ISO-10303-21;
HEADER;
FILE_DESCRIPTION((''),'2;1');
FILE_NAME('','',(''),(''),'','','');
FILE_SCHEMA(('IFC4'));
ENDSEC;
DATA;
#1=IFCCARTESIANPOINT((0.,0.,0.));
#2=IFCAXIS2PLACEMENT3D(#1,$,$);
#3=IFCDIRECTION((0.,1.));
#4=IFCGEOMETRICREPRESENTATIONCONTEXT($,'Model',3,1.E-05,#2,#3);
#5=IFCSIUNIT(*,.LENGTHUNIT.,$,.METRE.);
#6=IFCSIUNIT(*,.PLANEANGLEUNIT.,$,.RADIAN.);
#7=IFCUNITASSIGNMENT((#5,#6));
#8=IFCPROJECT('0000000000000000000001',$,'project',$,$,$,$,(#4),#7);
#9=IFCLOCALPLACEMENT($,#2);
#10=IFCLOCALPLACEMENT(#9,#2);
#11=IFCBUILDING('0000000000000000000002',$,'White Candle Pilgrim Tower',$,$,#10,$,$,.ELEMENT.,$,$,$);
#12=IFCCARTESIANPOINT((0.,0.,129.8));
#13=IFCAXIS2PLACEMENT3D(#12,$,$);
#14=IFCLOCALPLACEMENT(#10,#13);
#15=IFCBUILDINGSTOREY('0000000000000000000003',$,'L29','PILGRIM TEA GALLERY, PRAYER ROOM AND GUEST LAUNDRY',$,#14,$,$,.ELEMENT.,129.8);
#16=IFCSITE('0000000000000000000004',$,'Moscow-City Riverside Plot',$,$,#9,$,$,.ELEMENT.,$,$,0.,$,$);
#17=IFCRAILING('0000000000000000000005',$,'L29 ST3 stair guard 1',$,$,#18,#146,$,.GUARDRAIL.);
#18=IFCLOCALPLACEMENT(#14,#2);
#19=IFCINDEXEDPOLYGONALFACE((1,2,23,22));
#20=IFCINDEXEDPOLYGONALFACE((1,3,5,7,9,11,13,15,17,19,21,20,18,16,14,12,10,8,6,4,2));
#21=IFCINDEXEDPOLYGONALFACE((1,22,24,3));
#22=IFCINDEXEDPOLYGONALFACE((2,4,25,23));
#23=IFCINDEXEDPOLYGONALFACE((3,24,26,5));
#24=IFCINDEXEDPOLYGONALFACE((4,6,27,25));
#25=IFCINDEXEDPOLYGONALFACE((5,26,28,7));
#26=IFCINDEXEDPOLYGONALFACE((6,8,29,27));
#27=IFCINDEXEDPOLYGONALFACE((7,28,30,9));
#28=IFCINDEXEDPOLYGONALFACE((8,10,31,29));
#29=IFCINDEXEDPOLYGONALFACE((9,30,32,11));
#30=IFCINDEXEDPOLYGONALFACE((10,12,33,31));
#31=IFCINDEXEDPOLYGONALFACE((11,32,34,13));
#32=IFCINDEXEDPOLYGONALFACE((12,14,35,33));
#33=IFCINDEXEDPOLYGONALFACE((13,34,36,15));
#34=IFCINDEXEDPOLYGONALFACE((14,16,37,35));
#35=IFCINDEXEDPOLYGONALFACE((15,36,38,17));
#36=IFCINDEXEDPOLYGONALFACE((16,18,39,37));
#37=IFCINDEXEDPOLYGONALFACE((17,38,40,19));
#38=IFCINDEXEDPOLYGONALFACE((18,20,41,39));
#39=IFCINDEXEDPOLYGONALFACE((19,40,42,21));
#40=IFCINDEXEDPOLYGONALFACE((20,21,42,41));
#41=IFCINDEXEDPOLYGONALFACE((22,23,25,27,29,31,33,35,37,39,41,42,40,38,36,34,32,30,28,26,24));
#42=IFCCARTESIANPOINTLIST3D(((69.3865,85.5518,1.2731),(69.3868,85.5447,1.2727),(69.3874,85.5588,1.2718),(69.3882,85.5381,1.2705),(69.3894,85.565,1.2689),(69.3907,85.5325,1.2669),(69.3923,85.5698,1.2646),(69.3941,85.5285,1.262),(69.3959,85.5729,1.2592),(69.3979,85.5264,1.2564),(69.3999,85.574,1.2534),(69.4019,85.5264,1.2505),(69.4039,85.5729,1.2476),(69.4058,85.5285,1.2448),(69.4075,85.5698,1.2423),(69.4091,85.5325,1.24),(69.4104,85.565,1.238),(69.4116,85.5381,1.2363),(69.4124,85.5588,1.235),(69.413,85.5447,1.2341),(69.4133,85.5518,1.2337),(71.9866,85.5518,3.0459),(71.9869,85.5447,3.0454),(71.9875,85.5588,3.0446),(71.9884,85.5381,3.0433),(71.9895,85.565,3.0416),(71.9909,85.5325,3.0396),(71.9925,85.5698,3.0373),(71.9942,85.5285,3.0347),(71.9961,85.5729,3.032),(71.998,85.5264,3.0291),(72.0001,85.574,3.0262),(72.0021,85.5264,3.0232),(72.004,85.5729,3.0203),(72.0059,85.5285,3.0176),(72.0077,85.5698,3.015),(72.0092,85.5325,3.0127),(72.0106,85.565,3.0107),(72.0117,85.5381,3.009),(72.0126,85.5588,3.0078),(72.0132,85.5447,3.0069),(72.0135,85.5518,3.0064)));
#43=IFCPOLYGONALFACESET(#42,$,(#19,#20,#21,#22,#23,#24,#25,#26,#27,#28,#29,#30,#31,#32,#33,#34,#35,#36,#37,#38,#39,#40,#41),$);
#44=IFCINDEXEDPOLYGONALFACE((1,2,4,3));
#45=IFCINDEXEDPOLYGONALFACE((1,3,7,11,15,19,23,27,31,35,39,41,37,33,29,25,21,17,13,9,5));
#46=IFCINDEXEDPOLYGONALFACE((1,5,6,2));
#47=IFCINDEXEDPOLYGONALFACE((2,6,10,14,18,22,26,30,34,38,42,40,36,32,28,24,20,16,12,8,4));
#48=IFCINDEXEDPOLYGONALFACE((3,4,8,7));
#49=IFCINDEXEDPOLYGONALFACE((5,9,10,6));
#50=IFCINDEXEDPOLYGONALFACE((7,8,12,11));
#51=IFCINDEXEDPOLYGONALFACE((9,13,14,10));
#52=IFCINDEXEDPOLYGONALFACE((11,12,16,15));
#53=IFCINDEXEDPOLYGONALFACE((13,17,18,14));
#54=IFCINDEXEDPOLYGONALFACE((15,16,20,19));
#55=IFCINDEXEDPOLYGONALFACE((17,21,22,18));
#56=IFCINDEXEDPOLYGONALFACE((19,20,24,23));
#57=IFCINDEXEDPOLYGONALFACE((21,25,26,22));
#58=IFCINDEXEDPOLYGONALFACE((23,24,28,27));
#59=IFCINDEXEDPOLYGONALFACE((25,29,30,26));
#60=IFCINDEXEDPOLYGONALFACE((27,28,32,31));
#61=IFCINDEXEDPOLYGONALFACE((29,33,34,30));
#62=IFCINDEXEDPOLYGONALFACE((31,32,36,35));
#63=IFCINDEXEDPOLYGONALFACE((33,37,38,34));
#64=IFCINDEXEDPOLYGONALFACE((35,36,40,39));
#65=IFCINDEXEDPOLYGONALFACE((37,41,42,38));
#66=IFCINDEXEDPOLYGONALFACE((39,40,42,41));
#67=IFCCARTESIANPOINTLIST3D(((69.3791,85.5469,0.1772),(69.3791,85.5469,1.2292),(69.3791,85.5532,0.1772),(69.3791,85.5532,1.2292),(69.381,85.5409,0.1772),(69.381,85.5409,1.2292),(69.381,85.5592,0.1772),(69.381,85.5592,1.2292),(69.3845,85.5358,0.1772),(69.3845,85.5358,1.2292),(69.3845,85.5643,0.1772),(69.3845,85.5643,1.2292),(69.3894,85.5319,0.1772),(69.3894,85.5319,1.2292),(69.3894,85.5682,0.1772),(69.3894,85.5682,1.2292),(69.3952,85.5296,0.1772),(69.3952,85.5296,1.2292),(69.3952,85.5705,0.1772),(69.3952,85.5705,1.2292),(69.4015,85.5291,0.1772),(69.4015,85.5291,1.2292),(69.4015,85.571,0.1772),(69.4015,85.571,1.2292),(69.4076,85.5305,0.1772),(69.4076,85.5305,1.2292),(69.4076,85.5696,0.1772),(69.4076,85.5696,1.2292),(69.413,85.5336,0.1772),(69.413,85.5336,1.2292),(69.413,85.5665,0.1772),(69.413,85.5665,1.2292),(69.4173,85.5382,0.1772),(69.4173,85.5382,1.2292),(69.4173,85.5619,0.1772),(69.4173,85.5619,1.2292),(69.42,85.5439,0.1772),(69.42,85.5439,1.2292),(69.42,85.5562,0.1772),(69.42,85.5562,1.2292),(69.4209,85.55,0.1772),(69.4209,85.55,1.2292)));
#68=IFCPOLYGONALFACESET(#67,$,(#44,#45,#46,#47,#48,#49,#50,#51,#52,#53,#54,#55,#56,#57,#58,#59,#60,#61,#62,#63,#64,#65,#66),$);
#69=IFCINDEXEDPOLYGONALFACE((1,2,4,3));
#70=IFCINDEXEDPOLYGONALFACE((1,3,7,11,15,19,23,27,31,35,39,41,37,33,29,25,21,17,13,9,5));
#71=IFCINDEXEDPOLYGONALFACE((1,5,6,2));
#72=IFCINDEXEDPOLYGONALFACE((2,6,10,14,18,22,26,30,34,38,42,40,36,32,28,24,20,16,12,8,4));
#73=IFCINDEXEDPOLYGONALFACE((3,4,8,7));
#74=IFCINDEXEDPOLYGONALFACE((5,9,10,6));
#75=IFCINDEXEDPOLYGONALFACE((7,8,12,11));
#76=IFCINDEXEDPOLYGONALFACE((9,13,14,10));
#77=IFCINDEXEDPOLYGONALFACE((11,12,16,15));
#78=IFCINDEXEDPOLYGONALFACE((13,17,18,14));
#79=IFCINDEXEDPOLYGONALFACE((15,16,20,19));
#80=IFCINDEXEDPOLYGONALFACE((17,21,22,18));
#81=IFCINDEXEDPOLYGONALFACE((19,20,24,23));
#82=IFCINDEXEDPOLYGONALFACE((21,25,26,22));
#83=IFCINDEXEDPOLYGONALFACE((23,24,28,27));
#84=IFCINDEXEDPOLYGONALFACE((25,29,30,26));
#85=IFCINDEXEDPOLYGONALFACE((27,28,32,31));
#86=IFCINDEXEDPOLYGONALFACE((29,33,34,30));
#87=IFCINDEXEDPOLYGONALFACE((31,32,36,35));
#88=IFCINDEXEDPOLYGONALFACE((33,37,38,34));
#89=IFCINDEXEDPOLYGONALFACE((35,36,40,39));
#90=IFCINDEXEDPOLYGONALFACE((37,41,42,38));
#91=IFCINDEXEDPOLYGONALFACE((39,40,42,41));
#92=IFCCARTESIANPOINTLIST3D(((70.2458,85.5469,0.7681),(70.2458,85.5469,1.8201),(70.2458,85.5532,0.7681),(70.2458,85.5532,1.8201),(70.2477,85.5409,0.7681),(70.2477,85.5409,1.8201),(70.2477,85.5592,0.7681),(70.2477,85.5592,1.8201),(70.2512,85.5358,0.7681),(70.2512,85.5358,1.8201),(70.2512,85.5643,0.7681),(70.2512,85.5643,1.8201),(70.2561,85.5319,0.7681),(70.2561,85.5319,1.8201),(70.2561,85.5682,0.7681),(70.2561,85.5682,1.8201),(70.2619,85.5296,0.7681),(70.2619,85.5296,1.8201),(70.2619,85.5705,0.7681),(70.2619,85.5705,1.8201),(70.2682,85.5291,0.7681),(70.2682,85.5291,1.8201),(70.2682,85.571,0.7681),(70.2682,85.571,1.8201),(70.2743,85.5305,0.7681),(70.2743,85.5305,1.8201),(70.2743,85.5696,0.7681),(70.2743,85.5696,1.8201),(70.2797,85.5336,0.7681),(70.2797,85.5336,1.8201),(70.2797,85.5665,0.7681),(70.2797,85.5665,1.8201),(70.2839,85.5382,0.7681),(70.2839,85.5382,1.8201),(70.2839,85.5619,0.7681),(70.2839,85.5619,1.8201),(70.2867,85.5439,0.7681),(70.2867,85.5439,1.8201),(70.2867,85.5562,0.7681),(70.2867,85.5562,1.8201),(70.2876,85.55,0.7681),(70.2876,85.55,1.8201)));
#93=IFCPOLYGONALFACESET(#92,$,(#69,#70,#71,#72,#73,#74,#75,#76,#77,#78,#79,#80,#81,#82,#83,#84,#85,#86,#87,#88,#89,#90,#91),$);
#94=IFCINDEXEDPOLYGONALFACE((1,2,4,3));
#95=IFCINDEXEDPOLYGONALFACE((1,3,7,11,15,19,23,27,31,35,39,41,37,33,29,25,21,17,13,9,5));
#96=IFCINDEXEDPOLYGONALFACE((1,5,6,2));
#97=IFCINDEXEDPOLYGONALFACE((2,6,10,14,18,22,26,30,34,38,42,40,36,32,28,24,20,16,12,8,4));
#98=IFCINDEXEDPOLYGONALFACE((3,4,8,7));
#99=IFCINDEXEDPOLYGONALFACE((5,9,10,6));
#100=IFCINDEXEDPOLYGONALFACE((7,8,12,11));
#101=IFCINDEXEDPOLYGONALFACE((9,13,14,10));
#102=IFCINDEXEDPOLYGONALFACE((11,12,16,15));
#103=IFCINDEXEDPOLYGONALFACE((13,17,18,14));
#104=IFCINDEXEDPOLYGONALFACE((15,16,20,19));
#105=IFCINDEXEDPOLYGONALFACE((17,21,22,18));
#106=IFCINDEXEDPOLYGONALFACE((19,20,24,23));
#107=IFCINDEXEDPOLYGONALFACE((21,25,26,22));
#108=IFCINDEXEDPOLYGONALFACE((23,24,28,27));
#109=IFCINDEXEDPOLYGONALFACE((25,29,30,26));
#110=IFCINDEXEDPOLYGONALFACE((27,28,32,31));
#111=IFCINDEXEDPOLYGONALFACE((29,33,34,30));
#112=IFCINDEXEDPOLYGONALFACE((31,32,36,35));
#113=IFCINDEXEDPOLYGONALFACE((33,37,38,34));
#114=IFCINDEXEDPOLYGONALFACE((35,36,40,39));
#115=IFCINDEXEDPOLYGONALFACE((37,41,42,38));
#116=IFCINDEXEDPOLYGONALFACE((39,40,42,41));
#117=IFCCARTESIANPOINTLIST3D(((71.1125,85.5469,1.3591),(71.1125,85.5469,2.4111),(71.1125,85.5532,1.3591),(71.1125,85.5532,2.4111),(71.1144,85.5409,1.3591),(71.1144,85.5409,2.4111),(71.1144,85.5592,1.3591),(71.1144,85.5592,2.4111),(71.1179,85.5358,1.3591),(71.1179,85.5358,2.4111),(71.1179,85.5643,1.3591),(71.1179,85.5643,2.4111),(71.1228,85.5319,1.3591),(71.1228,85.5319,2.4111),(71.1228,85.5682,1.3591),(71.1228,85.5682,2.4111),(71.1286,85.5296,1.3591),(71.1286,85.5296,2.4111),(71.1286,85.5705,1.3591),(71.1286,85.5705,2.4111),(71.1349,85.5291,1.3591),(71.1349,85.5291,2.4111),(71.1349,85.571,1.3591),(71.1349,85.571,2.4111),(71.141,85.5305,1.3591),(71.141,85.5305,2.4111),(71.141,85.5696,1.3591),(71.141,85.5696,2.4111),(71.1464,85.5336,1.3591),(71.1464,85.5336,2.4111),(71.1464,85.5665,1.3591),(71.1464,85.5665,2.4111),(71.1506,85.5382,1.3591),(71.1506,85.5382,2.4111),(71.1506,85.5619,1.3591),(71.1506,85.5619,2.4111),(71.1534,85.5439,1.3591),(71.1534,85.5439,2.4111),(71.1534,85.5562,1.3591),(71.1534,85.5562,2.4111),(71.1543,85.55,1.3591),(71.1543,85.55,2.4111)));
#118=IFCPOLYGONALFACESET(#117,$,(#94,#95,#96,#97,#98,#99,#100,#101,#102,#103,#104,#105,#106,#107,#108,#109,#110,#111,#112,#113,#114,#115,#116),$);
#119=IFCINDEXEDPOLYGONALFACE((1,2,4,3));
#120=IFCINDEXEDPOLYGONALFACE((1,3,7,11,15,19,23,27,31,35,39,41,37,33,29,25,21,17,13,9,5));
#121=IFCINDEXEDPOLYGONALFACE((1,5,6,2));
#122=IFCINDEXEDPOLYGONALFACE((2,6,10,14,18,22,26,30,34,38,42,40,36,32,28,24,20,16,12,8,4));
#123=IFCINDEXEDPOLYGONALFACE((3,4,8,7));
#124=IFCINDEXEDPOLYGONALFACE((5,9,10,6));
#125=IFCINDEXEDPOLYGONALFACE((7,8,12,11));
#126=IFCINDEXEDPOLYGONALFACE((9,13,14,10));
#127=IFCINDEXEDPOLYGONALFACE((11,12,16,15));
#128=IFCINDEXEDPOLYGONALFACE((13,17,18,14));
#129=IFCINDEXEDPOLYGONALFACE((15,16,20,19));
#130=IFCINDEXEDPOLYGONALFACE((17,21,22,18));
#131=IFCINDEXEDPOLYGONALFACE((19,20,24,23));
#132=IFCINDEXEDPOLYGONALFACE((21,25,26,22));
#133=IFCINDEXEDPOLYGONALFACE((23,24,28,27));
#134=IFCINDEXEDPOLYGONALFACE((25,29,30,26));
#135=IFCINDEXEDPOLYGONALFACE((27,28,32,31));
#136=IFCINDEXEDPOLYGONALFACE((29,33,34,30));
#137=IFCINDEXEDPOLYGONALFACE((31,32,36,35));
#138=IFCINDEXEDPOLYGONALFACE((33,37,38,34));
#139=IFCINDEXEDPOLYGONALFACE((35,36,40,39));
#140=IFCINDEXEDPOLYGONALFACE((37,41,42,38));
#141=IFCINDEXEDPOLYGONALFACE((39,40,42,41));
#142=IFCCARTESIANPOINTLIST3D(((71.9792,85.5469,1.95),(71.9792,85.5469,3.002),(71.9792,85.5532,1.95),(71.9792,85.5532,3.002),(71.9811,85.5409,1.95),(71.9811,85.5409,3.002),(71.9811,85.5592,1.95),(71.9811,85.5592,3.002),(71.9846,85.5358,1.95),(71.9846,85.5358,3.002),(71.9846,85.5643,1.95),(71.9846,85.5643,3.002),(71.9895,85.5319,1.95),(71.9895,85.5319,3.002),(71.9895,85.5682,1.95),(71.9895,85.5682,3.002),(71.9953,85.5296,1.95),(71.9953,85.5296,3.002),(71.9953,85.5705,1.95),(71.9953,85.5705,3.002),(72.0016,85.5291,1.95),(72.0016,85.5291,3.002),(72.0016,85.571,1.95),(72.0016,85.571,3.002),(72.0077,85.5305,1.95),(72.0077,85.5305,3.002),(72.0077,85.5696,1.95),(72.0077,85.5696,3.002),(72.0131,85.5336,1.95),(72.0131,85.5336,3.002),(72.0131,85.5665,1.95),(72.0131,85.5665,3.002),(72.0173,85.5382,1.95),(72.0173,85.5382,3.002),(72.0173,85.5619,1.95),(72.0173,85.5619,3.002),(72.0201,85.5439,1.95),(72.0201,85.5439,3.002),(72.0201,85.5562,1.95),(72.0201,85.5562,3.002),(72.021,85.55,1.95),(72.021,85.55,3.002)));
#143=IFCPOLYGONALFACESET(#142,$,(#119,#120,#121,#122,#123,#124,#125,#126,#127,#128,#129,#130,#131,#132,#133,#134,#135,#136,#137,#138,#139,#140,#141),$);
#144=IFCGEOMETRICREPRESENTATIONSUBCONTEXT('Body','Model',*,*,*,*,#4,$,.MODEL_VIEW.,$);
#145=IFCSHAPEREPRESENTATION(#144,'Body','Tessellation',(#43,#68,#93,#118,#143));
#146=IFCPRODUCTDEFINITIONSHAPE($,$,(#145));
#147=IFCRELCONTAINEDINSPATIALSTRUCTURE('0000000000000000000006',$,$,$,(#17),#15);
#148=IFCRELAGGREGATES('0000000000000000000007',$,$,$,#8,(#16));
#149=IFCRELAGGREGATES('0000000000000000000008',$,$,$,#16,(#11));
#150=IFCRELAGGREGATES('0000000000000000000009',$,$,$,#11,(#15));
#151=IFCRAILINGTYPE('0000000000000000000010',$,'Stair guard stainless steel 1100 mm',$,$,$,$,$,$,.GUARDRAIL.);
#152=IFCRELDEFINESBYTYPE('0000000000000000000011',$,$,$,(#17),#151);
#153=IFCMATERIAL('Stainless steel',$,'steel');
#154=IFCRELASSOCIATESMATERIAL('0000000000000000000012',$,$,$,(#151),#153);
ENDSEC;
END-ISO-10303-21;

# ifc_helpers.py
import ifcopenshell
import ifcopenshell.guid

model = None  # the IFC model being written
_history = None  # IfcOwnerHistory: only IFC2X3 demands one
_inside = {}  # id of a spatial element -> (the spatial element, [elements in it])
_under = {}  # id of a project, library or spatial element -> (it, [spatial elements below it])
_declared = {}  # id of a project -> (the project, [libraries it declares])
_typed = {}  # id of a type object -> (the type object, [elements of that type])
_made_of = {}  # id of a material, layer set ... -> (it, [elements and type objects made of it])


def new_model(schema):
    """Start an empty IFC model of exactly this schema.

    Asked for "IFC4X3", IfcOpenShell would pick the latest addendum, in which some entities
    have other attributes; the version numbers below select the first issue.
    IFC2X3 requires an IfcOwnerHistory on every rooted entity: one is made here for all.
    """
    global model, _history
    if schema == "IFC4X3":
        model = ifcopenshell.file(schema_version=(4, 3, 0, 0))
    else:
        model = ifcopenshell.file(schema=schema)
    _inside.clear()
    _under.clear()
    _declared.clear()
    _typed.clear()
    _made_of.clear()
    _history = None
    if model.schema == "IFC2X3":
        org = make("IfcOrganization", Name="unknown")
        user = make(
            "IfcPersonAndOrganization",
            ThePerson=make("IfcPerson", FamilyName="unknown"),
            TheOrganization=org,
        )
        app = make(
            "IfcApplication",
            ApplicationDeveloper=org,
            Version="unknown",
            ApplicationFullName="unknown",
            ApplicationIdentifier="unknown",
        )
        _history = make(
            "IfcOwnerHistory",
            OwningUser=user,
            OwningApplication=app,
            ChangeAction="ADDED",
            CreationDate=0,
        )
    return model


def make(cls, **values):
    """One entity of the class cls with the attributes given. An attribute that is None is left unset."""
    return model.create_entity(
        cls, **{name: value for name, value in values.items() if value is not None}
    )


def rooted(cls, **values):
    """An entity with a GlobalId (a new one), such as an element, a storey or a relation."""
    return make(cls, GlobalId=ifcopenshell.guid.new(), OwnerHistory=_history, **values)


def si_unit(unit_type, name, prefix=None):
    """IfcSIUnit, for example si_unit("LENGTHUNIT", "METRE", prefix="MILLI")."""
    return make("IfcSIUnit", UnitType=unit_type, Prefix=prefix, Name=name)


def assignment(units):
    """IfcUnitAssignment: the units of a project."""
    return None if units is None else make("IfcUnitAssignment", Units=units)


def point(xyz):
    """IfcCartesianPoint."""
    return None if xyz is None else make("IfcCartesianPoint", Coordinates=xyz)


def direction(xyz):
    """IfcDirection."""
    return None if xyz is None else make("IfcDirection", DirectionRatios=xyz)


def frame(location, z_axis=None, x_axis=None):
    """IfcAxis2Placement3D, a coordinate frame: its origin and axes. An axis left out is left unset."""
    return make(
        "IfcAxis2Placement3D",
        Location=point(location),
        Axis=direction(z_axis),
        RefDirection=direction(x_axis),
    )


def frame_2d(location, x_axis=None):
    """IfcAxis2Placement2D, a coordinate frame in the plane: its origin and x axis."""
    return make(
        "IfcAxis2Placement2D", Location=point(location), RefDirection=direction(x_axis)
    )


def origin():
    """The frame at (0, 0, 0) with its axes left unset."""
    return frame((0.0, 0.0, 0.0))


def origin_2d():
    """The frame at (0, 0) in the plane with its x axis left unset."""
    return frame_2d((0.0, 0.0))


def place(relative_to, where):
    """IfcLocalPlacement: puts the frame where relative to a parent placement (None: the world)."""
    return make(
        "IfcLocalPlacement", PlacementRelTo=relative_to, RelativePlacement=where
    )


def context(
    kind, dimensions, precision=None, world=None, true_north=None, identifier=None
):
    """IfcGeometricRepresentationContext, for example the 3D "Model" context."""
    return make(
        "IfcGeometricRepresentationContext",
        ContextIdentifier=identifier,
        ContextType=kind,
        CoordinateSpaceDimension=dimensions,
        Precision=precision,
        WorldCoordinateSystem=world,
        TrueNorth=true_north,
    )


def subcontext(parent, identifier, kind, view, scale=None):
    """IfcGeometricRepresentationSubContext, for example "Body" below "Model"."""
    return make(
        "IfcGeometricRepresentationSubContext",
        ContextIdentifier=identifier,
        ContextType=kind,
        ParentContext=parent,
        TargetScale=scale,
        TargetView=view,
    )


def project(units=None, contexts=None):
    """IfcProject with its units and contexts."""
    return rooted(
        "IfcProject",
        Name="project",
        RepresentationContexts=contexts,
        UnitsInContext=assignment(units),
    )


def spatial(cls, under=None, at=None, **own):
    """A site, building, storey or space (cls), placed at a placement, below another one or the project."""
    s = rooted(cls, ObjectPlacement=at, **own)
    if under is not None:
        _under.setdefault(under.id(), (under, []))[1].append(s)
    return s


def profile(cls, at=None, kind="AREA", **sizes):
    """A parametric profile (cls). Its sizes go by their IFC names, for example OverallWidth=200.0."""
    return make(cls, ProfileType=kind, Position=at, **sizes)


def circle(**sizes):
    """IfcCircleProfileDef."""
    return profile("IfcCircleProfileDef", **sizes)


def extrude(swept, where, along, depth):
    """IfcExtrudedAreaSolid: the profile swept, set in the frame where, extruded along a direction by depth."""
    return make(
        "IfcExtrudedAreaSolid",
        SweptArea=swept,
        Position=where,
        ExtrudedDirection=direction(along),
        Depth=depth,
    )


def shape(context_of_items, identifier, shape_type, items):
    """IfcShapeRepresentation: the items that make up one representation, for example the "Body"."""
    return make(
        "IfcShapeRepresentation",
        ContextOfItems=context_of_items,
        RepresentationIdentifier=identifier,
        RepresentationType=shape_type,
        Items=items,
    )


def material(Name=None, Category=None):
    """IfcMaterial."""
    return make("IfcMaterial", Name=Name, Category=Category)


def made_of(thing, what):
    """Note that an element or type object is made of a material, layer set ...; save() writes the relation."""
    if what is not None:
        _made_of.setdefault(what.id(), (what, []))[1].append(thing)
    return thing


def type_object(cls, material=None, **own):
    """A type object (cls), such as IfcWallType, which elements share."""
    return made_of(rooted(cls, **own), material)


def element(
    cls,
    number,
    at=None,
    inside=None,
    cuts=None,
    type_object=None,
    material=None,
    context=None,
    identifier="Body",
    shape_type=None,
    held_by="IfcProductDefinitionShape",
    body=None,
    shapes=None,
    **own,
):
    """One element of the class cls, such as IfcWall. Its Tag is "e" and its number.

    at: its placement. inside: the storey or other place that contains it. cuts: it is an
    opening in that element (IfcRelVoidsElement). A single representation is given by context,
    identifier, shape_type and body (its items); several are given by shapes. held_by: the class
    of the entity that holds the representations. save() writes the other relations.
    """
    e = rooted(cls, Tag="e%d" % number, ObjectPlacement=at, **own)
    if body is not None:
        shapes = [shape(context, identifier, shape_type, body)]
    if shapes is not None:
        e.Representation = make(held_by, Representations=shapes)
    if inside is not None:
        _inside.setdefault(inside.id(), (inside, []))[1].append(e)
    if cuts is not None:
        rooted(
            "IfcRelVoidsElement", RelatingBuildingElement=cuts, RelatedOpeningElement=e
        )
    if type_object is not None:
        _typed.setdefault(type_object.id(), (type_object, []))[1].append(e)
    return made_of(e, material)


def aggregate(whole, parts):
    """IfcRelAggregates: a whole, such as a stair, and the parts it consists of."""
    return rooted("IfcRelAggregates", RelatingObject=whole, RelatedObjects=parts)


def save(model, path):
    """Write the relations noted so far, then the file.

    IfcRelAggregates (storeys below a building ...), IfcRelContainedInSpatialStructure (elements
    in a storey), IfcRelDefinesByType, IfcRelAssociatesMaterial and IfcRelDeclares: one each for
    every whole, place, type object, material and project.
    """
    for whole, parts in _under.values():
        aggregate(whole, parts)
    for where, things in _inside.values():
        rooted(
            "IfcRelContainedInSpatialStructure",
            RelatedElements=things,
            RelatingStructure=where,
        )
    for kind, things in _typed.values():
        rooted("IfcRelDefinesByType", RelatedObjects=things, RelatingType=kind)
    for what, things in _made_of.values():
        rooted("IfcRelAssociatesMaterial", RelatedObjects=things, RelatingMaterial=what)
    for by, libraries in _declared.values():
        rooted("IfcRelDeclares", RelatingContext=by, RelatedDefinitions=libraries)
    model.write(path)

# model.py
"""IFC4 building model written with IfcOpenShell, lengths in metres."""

from ifc_helpers import new_model, si_unit, direction, frame, origin, origin_2d, place, context, subcontext, project, spatial, circle, extrude, material, type_object, element, save


model = new_model("IFC4")

# Units and contexts
model_context = context("Model", 3, precision=1e-05, world=origin(), true_north=direction((0.0, 1.0)))
body_context = subcontext(model_context, "Body", "Model", "MODEL_VIEW")
ifc_project = project(units=[si_unit("LENGTHUNIT", "METRE"), si_unit("PLANEANGLEUNIT", "RADIAN")], contexts=[model_context])

# Site, building, storey
site_placement = place(None, origin())
site = spatial("IfcSite", under=ifc_project, at=site_placement, Name="Moscow-City Riverside Plot", CompositionType="ELEMENT", RefElevation=0.0)
building_placement = place(site_placement, origin())
building = spatial("IfcBuilding", under=site, at=building_placement, Name="White Candle Pilgrim Tower", CompositionType="ELEMENT")
storey_placement = place(building_placement, frame((0.0, 0.0, 129.8)))
storey = spatial("IfcBuildingStorey", under=building, at=storey_placement, Name="L29", Description="PILGRIM TEA GALLERY, PRAYER ROOM AND GUEST LAUNDRY", CompositionType="ELEMENT", Elevation=129.8)

# Railing
ifc_material_1 = material(Name="Stainless steel", Category="steel")
railing_type_1 = type_object("IfcRailingType", Name="Stair guard stainless steel 1100 mm", PredefinedType="GUARDRAIL", material=ifc_material_1)
railing_1_placement = place(storey_placement, frame((69.3999, 85.55, 0.1772)))
element("IfcRailing", 1, at=railing_1_placement, inside=storey, type_object=railing_type_1, Name="L29 ST3 stair guard 1", PredefinedType="GUARDRAIL", context=body_context, shape_type="SweptSolid", body=[
    extrude(circle(Radius=0.0239, at=origin_2d()), frame((0.0, 0.0, 1.0762), z_axis=(0.82624, 0.0, 0.563318), x_axis=(0.0, 1.0, 0.0)), (0.0, 0.0, 1.0), 3.147),
    extrude(circle(Radius=0.021, at=origin_2d()), origin(), (0.0, 0.0, 1.0), 1.052),
    extrude(circle(Radius=0.021, at=origin_2d()), frame((0.8667, 0.0, 0.5908)), (0.0, 0.0, 1.0), 1.052),
    extrude(circle(Radius=0.021, at=origin_2d()), frame((1.7334, 0.0, 1.1819)), (0.0, 0.0, 1.0), 1.052),
    extrude(circle(Radius=0.021, at=origin_2d()), frame((2.6001, 0.0, 1.7727)), (0.0, 0.0, 1.0), 1.052),
])

save(model, "model.ifc")
